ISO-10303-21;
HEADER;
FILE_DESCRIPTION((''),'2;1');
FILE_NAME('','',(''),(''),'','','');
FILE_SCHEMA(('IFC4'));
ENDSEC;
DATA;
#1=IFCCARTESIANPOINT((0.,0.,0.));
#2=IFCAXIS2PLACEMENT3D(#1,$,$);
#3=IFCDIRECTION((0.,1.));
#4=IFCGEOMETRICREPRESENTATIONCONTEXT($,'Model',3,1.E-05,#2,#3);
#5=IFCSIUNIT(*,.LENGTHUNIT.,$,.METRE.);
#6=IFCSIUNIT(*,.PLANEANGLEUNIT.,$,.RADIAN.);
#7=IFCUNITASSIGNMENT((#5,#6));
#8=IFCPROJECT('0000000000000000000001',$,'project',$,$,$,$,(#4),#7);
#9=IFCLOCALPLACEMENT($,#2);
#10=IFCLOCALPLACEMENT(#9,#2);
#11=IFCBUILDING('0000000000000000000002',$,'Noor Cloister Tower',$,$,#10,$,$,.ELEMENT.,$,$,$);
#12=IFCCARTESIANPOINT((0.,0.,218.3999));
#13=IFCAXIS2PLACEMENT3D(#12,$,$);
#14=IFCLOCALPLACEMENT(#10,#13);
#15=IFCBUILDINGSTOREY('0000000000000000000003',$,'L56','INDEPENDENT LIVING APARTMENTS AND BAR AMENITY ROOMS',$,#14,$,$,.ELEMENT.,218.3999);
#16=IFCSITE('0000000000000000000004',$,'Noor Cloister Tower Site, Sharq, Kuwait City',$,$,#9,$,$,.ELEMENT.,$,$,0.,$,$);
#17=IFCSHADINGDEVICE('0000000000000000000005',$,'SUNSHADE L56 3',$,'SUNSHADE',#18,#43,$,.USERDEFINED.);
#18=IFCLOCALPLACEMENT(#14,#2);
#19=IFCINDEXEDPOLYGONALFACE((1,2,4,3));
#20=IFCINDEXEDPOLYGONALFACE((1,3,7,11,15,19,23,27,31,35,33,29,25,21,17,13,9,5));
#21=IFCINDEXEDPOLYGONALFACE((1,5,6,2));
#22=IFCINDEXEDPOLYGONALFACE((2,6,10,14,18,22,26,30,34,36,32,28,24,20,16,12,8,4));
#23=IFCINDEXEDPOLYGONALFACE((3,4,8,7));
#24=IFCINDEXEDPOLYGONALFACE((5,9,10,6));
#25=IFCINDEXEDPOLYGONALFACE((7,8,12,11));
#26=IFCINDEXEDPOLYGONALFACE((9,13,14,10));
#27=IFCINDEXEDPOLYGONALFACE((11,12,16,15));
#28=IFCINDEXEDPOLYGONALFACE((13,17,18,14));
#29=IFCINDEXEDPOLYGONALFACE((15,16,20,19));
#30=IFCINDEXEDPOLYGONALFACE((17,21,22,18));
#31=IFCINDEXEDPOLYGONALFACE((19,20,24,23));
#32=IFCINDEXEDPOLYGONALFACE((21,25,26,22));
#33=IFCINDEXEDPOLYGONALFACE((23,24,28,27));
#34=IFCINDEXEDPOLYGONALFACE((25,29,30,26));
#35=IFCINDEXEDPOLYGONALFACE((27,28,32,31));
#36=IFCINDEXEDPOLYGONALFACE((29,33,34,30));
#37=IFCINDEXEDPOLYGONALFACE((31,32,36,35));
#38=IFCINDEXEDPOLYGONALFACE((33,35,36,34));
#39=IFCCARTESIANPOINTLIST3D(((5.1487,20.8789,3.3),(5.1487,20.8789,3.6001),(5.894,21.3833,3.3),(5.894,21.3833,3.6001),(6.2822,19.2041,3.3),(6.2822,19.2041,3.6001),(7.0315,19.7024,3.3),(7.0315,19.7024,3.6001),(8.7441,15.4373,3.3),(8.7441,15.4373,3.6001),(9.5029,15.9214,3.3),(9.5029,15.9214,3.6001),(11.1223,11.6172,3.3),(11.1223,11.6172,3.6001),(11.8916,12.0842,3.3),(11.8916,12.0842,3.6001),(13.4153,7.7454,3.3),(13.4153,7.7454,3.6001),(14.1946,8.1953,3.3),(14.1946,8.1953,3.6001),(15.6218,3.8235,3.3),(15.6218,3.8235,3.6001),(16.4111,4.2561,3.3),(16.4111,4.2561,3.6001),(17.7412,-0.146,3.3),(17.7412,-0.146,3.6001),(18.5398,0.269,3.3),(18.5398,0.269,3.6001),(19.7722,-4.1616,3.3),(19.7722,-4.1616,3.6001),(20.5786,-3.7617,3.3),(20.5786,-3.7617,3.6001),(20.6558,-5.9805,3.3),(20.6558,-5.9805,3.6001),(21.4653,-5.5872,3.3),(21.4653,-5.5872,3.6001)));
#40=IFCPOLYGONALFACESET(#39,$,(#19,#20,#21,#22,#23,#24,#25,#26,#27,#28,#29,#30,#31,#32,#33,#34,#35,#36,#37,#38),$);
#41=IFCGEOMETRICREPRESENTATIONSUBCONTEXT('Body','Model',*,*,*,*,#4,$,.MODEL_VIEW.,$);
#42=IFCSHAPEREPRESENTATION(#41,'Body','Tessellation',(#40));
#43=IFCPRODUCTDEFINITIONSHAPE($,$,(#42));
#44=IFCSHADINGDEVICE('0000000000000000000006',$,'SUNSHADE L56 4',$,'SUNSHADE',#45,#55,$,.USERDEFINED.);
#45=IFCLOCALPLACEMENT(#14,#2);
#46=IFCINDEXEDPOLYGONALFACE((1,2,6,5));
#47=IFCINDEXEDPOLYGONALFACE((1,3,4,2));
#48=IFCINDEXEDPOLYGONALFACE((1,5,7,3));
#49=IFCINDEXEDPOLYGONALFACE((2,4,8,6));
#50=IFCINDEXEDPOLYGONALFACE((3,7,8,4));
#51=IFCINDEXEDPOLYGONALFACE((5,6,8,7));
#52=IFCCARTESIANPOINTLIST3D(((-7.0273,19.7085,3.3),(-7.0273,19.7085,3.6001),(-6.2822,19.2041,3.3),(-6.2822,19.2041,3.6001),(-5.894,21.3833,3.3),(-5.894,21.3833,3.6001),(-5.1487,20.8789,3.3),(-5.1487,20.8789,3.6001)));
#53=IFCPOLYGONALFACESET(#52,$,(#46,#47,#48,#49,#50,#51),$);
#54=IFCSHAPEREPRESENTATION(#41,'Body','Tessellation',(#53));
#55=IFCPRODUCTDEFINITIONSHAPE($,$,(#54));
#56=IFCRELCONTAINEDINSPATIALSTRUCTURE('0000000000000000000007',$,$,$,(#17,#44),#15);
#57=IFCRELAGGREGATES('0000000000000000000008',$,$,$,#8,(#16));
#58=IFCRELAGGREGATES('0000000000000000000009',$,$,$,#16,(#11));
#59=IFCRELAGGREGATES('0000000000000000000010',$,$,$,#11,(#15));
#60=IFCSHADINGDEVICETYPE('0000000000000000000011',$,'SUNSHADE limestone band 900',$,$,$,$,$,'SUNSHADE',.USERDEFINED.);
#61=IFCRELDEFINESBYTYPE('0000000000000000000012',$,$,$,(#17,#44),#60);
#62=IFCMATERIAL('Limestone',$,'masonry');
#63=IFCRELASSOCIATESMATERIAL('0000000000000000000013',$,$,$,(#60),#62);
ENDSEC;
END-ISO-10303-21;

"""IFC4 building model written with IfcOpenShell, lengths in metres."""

from ifc_helpers import new_model, si_unit, direction, frame, origin, place, context, subcontext, project, spatial, polyline, outline, extrude, material, type_object, element, save


model = new_model("IFC4")

# Units and contexts
model_context = context("Model", 3, precision=1e-05, world=origin(), true_north=direction((0.0, 1.0)))
body_context = subcontext(model_context, "Body", "Model", "MODEL_VIEW")
ifc_project = project(units=[si_unit("LENGTHUNIT", "METRE"), si_unit("PLANEANGLEUNIT", "RADIAN")], contexts=[model_context])

# Site, building, storey
site_placement = place(None, origin())
site = spatial("IfcSite", under=ifc_project, at=site_placement, Name="Noor Cloister Tower Site, Sharq, Kuwait City", CompositionType="ELEMENT", RefElevation=0.0)
building_placement = place(site_placement, origin())
building = spatial("IfcBuilding", under=site, at=building_placement, Name="Noor Cloister Tower", CompositionType="ELEMENT")
storey_placement = place(building_placement, frame((0.0, 0.0, 218.3999)))
storey = spatial("IfcBuildingStorey", under=building, at=storey_placement, Name="L56", Description="INDEPENDENT LIVING APARTMENTS AND BAR AMENITY ROOMS", CompositionType="ELEMENT", Elevation=218.3999)

# Shading devices
ifc_material_1 = material(Name="Limestone", Category="masonry")
shading_device_type = type_object("IfcShadingDeviceType", Name="SUNSHADE limestone band 900", ElementType="SUNSHADE", PredefinedType="USERDEFINED", material=ifc_material_1)
shading_device_1_placement = place(storey_placement, frame((0.0, 0.0, 3.3)))
element("IfcShadingDevice", 1, at=shading_device_1_placement, inside=storey, type_object=shading_device_type, Name="SUNSHADE L56 3", ObjectType="SUNSHADE", PredefinedType="USERDEFINED", context=body_context, shape_type="SweptSolid", body=[
    extrude(outline(polyline([(21.4653, -5.5872), (20.5786, -3.7617), (18.5398, 0.269), (16.4111, 4.2561), (14.1946, 8.1953), (11.8916, 12.0842), (9.5029, 15.9214), (7.0315, 19.7024), (5.894, 21.3833), (5.1487, 20.8789), (6.2822, 19.2041), (8.7441, 15.4373), (11.1223, 11.6172), (13.4153, 7.7454), (15.6218, 3.8235), (17.7412, -0.146), (19.7722, -4.1616), (20.6558, -5.9805), (21.4653, -5.5872)])), origin(), (0.0, 0.0, 1.0), 0.3),
])
shading_device_2_placement = place(storey_placement, frame((0.0, 0.0, 3.3)))
element("IfcShadingDevice", 2, at=shading_device_2_placement, inside=storey, type_object=shading_device_type, Name="SUNSHADE L56 4", ObjectType="SUNSHADE", PredefinedType="USERDEFINED", context=body_context, shape_type="SweptSolid", body=[
    extrude(outline(polyline([(-5.894, 21.3833), (-7.0273, 19.7085), (-6.2822, 19.2041), (-5.1487, 20.8789), (-5.894, 21.3833)])), origin(), (0.0, 0.0, 1.0), 0.3),
])

save(model, "model.ifc")
